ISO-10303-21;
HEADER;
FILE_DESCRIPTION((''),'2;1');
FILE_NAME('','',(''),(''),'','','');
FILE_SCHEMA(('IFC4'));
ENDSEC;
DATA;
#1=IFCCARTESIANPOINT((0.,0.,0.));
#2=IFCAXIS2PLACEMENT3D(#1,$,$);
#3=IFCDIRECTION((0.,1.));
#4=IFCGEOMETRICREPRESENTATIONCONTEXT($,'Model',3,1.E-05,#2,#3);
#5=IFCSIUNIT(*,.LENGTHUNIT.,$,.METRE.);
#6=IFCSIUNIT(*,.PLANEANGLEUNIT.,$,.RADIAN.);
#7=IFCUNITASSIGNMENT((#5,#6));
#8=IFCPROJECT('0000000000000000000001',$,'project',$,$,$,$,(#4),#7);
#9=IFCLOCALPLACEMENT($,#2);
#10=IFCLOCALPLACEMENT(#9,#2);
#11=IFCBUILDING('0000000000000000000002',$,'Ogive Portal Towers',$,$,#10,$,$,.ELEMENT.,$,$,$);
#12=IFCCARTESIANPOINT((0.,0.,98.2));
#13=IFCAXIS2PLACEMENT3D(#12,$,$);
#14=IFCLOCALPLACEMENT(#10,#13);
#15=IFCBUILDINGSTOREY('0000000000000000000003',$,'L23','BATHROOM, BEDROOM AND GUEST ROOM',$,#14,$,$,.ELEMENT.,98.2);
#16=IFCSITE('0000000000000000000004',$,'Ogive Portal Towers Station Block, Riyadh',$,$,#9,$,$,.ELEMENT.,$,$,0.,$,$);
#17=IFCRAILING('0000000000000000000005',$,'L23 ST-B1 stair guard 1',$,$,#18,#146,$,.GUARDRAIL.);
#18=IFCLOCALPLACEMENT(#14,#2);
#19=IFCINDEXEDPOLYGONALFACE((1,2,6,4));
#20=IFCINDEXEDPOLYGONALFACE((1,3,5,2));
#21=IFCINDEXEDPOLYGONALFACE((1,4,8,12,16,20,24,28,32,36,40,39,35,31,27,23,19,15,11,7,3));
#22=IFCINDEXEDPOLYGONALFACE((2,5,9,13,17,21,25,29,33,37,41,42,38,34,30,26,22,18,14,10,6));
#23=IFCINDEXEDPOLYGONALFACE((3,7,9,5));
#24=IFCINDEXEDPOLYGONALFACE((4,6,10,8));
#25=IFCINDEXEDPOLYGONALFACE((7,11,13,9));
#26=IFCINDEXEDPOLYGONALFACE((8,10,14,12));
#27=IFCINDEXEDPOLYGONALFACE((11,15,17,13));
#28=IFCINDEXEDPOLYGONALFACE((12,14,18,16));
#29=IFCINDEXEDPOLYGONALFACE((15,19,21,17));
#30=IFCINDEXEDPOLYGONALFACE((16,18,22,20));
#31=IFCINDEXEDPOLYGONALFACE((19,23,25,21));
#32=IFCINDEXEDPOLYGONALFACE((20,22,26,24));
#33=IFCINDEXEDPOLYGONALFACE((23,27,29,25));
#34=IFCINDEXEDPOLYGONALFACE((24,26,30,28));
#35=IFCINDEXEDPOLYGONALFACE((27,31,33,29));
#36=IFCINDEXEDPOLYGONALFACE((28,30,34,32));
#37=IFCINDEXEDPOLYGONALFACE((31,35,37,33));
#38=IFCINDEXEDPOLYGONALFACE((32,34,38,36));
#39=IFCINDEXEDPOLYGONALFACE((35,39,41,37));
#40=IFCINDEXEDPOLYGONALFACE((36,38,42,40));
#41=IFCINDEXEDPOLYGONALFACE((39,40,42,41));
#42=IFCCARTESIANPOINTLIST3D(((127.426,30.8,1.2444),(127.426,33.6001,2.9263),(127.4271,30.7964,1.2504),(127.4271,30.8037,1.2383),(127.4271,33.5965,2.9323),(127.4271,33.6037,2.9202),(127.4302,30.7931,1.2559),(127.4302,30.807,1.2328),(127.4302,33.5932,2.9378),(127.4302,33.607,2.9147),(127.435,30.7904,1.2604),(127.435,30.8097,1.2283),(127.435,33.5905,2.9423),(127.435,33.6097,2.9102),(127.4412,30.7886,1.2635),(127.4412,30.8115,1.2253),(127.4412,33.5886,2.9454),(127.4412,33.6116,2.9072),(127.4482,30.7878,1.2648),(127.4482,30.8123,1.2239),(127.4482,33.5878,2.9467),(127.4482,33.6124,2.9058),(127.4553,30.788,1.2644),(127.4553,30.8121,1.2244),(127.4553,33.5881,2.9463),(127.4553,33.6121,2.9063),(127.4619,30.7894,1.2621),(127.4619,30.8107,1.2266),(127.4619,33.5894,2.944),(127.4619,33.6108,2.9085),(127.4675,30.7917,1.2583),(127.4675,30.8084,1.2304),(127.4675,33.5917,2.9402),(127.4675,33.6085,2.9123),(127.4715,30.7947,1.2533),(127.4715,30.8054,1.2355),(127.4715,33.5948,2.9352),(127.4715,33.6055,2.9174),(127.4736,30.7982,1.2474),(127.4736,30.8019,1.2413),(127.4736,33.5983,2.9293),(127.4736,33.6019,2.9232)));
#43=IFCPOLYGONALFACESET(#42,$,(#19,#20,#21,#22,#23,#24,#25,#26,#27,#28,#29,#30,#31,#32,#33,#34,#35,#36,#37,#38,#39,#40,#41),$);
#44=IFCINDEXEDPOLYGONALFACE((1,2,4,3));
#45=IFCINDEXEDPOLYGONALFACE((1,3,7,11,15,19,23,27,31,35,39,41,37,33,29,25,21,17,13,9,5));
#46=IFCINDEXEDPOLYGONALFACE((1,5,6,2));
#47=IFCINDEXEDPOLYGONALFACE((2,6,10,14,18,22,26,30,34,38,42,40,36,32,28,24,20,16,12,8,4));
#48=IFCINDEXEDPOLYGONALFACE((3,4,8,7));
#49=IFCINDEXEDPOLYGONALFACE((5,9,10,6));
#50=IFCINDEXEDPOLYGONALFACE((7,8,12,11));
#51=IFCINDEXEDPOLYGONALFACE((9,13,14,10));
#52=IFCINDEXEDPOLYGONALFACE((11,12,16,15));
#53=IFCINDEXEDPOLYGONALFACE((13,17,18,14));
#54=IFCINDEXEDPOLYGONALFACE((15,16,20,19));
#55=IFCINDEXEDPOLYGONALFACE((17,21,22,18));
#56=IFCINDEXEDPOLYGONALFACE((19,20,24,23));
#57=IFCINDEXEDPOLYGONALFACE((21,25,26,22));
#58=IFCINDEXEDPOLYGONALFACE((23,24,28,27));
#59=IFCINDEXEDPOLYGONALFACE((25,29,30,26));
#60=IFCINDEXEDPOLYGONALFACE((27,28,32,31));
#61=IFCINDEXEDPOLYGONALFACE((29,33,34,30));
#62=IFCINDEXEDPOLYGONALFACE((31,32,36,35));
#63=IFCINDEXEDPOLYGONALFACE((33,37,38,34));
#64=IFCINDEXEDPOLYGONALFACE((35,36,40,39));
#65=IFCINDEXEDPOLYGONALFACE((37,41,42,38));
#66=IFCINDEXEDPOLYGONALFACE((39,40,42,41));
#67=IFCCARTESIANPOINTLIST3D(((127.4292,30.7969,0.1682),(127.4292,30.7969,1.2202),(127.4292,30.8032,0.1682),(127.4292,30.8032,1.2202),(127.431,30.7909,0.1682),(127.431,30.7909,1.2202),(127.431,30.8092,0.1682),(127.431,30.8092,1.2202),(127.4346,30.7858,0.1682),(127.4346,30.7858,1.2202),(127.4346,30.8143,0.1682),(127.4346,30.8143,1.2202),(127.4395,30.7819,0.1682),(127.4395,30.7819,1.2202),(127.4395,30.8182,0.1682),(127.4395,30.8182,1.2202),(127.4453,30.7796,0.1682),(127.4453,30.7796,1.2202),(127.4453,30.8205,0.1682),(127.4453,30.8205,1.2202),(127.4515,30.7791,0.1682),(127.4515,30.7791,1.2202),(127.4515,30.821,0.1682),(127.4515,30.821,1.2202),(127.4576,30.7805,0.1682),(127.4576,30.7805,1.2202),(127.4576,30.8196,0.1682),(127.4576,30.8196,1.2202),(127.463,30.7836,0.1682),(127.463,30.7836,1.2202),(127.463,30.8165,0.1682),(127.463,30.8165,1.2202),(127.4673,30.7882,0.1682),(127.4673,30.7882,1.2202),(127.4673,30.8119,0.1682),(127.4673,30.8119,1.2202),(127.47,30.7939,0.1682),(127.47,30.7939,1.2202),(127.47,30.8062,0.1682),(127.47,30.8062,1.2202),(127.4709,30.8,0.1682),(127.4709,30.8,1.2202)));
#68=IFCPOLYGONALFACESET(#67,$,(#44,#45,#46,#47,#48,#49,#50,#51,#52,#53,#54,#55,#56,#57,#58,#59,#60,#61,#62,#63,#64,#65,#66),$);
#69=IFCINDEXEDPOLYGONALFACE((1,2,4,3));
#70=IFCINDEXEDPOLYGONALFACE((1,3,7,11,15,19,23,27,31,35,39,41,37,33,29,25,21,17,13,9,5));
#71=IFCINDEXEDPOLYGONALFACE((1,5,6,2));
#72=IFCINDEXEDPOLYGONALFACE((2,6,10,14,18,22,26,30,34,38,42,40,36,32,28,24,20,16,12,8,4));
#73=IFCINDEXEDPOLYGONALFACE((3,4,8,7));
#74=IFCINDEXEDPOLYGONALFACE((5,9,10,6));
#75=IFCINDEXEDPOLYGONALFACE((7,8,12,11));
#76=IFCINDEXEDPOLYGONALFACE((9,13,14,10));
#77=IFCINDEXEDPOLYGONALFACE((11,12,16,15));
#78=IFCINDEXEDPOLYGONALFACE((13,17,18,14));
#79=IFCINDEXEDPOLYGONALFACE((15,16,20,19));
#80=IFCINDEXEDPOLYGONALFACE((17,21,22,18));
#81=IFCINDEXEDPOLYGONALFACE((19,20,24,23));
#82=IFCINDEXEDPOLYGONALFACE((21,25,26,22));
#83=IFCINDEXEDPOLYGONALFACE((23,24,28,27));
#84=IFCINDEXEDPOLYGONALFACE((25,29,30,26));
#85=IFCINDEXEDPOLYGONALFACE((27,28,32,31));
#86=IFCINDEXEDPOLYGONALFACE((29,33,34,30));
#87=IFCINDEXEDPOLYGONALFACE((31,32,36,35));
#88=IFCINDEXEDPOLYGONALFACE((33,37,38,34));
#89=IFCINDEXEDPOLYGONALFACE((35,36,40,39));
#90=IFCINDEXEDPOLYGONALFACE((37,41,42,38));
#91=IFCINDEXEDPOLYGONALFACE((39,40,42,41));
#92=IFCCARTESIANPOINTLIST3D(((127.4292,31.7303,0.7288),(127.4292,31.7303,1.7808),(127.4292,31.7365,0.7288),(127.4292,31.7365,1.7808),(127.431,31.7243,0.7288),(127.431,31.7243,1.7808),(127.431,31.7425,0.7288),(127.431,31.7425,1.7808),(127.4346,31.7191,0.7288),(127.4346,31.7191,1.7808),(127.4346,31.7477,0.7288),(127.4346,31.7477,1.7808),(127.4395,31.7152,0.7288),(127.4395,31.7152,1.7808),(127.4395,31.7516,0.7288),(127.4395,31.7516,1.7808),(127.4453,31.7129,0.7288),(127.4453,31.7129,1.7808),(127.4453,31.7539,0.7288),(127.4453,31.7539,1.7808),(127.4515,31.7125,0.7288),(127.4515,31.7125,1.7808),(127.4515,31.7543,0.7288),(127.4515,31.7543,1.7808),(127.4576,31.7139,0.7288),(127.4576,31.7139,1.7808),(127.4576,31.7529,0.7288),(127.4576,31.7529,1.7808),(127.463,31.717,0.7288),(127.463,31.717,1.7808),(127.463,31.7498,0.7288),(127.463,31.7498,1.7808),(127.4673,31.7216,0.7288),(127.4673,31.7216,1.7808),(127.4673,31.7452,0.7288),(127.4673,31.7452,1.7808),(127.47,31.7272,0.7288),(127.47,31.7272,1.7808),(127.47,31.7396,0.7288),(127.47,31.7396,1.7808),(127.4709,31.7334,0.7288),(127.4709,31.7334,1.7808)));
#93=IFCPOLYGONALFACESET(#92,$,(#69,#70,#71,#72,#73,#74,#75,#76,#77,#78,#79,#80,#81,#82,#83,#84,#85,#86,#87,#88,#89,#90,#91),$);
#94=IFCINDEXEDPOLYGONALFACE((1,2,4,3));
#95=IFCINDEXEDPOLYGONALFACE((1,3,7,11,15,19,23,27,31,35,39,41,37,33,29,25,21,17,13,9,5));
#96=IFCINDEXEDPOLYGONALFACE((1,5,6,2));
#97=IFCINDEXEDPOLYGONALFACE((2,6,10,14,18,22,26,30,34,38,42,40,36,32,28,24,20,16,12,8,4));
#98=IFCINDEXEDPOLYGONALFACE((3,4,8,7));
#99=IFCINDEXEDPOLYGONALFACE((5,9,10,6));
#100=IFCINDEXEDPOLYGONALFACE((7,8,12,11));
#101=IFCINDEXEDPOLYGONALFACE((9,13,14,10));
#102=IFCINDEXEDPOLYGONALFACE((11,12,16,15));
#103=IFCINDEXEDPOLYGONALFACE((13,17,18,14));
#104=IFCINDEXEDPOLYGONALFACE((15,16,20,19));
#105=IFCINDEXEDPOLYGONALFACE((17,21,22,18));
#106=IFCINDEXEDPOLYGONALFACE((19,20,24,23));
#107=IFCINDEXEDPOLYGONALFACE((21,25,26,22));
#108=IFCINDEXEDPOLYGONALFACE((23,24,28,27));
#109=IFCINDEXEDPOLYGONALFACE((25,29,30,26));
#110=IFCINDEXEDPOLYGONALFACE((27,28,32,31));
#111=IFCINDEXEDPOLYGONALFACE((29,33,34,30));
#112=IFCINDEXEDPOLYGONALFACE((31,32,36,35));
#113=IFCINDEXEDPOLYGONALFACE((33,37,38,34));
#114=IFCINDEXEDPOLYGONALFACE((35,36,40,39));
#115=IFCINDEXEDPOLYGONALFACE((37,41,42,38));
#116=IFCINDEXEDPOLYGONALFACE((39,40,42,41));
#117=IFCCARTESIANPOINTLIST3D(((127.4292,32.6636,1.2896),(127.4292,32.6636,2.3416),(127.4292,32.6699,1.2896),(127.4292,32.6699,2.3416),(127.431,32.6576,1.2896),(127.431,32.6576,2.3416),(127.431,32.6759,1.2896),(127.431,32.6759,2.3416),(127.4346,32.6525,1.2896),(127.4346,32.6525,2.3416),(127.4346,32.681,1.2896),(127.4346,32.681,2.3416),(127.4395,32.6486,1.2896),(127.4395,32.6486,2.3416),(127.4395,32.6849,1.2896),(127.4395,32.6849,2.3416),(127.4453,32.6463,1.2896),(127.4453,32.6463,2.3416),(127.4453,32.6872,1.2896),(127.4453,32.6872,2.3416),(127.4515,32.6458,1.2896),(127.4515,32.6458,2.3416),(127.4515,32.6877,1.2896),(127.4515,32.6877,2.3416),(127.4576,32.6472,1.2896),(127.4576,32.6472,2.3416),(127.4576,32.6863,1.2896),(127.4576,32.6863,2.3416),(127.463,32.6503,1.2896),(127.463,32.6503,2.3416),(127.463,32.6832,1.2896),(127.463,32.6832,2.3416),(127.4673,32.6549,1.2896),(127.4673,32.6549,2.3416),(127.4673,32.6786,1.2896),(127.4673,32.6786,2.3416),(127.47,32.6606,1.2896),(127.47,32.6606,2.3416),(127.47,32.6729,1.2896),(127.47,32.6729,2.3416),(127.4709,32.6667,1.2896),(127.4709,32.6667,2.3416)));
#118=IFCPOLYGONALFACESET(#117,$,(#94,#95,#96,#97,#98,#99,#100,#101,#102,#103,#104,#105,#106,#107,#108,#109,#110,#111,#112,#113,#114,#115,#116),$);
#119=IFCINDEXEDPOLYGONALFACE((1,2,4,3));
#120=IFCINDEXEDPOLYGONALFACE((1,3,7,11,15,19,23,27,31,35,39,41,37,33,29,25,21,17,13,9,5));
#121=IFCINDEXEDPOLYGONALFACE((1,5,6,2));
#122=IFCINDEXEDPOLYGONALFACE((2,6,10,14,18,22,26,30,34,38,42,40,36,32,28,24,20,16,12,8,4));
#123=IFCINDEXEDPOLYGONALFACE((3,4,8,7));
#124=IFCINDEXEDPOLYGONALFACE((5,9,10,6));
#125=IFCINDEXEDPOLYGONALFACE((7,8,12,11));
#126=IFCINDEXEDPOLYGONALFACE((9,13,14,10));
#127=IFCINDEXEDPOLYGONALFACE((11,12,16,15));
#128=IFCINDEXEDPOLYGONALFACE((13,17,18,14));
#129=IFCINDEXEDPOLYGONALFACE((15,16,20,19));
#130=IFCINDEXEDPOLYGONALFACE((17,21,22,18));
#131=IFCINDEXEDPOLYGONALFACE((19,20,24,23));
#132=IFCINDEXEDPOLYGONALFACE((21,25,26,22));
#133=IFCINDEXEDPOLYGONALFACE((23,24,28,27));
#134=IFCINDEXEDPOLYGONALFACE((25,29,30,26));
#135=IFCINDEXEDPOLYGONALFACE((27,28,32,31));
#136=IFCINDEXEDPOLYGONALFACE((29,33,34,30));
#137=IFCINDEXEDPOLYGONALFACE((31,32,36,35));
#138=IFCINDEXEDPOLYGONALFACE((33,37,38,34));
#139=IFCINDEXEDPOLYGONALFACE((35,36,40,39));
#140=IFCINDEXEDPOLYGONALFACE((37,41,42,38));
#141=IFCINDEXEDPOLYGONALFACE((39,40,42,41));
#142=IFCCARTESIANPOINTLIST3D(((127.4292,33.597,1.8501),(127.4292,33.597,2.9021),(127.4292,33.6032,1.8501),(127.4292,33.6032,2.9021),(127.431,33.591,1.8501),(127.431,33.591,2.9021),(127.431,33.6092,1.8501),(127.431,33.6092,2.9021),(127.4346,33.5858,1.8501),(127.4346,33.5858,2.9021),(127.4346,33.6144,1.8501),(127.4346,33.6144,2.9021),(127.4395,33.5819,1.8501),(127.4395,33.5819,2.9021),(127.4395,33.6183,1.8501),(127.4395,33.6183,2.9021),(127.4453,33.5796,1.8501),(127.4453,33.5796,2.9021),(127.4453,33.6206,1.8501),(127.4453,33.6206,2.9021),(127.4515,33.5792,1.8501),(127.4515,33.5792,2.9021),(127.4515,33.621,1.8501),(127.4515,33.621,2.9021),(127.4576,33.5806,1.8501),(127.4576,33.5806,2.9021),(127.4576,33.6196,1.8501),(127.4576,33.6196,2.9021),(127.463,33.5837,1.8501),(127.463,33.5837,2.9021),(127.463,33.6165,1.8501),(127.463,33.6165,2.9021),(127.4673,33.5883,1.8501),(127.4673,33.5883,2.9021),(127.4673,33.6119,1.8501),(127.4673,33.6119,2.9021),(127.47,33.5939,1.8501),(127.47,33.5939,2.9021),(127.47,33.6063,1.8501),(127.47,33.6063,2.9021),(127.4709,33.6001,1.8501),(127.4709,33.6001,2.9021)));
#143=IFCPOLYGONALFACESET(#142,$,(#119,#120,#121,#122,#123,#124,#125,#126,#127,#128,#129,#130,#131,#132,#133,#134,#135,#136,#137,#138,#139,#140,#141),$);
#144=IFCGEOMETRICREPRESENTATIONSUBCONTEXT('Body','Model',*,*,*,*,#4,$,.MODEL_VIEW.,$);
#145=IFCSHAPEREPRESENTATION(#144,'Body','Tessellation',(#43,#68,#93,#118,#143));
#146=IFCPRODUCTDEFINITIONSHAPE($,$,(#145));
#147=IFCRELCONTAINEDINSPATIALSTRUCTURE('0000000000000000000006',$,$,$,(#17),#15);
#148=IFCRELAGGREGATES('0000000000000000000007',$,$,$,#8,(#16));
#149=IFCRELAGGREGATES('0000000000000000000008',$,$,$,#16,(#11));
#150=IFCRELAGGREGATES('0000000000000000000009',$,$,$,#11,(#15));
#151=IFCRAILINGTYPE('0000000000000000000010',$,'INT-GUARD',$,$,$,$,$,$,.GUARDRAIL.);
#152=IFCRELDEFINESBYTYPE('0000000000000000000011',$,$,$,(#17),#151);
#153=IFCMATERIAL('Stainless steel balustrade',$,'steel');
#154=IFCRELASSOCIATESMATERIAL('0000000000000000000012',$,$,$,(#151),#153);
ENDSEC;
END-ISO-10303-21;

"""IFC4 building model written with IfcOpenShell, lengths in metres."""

from ifc_helpers import new_model, si_unit, direction, frame, origin, origin_2d, place, context, subcontext, project, spatial, circle, extrude, material, type_object, element, save


model = new_model("IFC4")

# Units and contexts
model_context = context("Model", 3, precision=1e-05, world=origin(), true_north=direction((0.0, 1.0)))
body_context = subcontext(model_context, "Body", "Model", "MODEL_VIEW")
ifc_project = project(units=[si_unit("LENGTHUNIT", "METRE"), si_unit("PLANEANGLEUNIT", "RADIAN")], contexts=[model_context])

# Site, building, storey
site_placement = place(None, origin())
site = spatial("IfcSite", under=ifc_project, at=site_placement, Name="Ogive Portal Towers Station Block, Riyadh", CompositionType="ELEMENT", RefElevation=0.0)
building_placement = place(site_placement, origin())
building = spatial("IfcBuilding", under=site, at=building_placement, Name="Ogive Portal Towers", CompositionType="ELEMENT")
storey_placement = place(building_placement, frame((0.0, 0.0, 98.2)))
storey = spatial("IfcBuildingStorey", under=building, at=storey_placement, Name="L23", Description="BATHROOM, BEDROOM AND GUEST ROOM", CompositionType="ELEMENT", Elevation=98.2)

# Railing
ifc_material_1 = material(Name="Stainless steel balustrade", Category="steel")
railing_type_1 = type_object("IfcRailingType", Name="INT-GUARD", PredefinedType="GUARDRAIL", material=ifc_material_1)
railing_1_placement = place(storey_placement, frame((127.45, 30.8, 0.1682)))
element("IfcRailing", 1, at=railing_1_placement, inside=storey, type_object=railing_type_1, Name="L23 ST-B1 stair guard 1", PredefinedType="GUARDRAIL", context=body_context, shape_type="SweptSolid", body=[
    extrude(circle(Radius=0.0239, at=origin_2d()), frame((0.0, 0.0, 1.0762), z_axis=(0.0, 0.857242, 0.514913), x_axis=(-1.0, 0.0, 0.0)), (0.0, 0.0, 1.0), 3.2664),
    extrude(circle(Radius=0.021, at=origin_2d()), origin(), (0.0, 0.0, 1.0), 1.052),
    extrude(circle(Radius=0.021, at=origin_2d()), frame((0.0, 0.9333, 0.5605)), (0.0, 0.0, 1.0), 1.052),
    extrude(circle(Radius=0.021, at=origin_2d()), frame((0.0, 1.8667, 1.1213)), (0.0, 0.0, 1.0), 1.052),
    extrude(circle(Radius=0.021, at=origin_2d()), frame((0.0, 2.8, 1.6819)), (0.0, 0.0, 1.0), 1.052),
])

save(model, "model.ifc")
